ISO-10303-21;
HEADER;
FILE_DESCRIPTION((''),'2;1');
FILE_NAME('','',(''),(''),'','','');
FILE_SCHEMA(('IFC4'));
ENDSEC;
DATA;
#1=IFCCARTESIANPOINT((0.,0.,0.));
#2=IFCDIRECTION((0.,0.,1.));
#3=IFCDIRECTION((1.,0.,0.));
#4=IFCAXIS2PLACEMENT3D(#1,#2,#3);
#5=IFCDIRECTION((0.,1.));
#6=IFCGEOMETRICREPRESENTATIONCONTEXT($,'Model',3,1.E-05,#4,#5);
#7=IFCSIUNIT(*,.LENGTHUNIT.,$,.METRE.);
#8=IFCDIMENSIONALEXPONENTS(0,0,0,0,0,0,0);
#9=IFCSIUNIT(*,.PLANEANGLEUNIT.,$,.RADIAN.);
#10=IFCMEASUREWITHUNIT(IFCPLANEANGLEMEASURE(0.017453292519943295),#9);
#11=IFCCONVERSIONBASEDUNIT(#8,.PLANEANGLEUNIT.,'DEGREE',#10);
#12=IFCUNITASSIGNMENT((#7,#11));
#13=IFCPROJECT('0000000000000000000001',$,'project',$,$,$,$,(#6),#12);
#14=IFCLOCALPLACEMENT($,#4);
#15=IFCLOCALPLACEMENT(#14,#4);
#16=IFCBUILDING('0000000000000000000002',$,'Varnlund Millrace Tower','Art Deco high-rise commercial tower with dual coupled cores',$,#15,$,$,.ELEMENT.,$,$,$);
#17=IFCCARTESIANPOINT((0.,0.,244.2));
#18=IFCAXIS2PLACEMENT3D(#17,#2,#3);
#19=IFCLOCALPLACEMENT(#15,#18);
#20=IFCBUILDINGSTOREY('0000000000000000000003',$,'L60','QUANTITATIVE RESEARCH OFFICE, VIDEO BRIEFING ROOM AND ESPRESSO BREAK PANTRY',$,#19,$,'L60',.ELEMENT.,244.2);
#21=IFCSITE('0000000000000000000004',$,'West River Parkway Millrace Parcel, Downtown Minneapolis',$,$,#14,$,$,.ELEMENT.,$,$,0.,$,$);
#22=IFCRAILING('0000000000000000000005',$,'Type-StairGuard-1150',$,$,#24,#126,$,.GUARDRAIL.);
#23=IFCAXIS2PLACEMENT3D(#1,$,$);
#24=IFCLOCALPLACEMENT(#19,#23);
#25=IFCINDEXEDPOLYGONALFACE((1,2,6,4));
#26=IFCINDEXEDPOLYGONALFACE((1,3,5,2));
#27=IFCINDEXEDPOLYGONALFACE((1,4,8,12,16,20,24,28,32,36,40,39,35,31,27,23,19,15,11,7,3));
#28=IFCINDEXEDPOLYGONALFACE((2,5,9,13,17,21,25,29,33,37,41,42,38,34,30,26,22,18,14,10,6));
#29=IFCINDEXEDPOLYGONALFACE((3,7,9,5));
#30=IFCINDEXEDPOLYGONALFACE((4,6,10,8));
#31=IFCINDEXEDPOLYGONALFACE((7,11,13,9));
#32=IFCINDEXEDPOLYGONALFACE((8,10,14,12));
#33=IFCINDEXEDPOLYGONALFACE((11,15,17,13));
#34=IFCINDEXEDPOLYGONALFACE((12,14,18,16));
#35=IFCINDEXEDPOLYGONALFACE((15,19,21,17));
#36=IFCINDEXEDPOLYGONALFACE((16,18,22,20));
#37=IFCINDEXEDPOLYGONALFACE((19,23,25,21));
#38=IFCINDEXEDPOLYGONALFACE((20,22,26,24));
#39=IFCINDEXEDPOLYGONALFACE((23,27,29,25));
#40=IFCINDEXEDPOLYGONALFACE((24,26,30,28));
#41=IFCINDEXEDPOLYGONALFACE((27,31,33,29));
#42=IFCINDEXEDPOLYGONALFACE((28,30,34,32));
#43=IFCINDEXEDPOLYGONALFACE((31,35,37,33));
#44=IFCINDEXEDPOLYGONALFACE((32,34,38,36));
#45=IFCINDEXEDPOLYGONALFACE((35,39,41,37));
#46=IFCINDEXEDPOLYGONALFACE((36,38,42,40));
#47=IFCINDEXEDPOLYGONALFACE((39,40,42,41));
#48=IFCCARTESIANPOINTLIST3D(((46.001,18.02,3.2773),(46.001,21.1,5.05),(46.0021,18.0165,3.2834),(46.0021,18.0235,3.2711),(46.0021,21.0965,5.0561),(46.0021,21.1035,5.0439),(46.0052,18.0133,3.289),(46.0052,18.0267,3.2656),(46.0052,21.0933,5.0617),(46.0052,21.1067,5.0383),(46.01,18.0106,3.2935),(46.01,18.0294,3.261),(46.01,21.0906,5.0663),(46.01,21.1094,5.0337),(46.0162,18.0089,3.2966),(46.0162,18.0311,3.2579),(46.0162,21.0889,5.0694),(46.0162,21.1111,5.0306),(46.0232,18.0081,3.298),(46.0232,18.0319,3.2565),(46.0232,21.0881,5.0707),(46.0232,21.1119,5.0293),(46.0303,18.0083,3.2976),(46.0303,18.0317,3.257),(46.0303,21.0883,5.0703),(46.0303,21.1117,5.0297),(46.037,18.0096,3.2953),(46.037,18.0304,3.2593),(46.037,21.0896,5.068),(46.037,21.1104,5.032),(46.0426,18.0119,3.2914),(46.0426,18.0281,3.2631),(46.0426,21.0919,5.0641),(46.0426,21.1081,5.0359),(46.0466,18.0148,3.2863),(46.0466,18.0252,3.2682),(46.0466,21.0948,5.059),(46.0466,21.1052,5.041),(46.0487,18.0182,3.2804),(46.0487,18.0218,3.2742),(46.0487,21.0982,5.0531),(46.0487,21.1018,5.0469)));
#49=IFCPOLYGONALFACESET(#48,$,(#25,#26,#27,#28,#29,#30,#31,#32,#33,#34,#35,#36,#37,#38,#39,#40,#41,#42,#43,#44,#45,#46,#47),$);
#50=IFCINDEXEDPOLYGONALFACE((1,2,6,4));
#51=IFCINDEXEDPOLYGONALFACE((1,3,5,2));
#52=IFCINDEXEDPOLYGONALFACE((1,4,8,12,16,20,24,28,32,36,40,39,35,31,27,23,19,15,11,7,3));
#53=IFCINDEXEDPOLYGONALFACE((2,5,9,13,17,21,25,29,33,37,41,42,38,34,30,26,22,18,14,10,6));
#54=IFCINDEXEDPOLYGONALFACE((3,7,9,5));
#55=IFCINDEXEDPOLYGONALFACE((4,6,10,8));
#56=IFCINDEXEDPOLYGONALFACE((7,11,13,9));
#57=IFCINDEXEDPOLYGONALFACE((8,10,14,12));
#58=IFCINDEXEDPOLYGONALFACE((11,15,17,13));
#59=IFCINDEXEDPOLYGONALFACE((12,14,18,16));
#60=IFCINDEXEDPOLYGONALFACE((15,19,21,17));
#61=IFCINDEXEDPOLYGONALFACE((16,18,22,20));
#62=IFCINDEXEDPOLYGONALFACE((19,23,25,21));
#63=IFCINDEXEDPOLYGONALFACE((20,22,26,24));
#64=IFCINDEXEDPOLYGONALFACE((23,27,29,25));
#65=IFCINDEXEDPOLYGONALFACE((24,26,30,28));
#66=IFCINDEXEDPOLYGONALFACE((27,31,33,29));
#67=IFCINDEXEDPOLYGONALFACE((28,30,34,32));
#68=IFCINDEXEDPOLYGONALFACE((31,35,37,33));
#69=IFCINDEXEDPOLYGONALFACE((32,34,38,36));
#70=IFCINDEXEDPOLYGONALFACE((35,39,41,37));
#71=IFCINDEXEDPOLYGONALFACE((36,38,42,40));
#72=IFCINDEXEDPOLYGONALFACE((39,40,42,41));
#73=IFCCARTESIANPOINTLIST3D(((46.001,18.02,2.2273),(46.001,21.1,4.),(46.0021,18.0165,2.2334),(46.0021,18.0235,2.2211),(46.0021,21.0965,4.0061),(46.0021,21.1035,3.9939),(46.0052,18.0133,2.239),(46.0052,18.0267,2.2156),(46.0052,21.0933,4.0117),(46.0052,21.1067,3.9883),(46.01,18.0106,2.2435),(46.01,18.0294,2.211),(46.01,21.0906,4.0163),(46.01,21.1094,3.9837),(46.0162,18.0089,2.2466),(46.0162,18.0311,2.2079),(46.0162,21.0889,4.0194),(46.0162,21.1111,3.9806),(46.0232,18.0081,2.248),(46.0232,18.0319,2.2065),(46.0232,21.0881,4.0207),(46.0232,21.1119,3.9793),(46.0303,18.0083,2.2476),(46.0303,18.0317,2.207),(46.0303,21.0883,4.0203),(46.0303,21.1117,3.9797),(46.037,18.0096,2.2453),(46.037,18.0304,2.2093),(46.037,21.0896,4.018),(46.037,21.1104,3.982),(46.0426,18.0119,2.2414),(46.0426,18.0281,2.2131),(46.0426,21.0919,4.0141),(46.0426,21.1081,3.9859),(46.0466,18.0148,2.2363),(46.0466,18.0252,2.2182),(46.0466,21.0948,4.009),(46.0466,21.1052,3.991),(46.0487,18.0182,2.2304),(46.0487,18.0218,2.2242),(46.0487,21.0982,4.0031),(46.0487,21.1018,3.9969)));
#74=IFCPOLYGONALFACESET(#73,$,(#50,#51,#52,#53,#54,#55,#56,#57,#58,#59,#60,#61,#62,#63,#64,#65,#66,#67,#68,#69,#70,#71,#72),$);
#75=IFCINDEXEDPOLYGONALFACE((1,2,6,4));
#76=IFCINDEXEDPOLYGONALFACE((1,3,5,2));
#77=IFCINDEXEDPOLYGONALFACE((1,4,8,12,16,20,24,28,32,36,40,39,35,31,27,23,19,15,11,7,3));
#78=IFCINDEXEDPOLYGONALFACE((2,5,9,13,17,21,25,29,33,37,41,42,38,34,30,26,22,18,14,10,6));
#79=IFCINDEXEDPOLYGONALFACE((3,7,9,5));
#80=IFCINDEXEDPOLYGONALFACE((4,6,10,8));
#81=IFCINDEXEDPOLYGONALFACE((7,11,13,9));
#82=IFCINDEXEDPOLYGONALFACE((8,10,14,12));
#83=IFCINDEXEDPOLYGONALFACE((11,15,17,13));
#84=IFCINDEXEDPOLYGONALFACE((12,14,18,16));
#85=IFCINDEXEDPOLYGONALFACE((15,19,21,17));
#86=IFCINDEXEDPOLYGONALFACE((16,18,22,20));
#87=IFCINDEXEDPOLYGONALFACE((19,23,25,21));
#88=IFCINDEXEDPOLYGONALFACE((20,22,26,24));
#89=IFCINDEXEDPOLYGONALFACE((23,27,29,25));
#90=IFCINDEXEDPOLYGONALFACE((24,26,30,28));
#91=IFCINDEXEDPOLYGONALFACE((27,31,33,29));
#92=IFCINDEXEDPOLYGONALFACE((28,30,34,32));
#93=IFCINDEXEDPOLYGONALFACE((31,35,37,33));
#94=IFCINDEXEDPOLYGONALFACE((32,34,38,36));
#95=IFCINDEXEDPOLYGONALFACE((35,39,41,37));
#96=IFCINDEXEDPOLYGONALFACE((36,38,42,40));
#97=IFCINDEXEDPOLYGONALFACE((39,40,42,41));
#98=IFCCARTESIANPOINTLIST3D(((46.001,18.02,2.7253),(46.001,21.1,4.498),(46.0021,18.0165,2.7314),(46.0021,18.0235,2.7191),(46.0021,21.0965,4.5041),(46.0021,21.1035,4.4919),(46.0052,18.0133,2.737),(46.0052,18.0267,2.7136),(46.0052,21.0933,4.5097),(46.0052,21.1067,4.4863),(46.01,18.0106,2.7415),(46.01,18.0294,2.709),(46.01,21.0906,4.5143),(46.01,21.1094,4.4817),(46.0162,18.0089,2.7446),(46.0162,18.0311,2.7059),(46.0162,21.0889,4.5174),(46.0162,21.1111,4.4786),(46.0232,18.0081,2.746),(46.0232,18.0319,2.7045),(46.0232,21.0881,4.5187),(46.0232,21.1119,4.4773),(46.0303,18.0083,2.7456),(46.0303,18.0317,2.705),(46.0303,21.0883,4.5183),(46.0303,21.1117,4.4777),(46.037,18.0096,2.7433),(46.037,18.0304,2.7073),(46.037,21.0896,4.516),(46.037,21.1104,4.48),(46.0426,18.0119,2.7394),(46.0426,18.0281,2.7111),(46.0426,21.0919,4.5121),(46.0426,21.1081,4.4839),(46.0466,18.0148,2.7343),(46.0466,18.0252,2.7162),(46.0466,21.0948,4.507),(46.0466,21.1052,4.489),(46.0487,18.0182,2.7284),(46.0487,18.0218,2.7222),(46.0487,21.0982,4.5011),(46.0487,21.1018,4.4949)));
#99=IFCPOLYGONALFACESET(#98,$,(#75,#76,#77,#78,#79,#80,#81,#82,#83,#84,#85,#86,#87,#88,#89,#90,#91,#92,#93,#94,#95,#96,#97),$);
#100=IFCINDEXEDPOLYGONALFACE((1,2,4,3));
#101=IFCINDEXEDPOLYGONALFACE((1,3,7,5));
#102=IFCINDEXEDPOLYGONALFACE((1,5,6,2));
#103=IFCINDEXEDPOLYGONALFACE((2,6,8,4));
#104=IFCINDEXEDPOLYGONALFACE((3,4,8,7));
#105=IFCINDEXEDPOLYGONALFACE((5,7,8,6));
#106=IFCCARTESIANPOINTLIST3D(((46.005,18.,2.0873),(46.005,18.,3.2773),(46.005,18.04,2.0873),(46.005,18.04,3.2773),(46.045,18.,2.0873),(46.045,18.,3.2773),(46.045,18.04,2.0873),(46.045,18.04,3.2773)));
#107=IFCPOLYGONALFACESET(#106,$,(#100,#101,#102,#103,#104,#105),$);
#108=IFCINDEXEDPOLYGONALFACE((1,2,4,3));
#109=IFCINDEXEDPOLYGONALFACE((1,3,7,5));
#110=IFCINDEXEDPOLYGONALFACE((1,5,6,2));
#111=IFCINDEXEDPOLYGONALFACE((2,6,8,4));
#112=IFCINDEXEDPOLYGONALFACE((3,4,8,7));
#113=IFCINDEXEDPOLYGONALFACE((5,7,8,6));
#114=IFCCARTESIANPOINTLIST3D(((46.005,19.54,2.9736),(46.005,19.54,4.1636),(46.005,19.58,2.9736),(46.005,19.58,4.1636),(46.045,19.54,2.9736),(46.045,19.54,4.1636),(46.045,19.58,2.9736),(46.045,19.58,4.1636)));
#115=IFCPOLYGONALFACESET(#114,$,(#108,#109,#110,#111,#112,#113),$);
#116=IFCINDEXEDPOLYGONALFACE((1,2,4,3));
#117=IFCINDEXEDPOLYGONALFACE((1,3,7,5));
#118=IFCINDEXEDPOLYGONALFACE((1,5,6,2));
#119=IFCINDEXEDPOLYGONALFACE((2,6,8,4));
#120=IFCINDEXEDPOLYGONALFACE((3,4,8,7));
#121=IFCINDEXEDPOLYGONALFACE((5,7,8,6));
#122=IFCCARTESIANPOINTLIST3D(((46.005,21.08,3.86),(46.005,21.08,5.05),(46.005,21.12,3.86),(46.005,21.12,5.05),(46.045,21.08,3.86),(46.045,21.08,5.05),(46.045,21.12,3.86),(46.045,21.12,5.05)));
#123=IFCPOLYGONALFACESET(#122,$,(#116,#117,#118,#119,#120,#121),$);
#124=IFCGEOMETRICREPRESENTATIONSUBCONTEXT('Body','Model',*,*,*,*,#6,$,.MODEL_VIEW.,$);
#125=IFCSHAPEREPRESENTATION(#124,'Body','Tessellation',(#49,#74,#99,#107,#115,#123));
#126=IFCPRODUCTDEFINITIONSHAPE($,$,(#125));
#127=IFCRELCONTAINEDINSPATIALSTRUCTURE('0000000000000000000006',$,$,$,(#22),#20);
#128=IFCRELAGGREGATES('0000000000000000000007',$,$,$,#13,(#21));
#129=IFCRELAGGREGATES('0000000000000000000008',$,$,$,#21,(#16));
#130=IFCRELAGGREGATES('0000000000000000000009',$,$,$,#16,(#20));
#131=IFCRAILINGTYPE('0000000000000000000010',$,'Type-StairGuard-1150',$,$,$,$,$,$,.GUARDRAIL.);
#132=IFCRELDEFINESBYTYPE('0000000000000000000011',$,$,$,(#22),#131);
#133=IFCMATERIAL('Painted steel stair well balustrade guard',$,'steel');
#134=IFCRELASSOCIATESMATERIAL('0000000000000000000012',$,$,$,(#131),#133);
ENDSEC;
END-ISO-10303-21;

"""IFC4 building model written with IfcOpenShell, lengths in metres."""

from ifc_helpers import new_model, entity, si_unit, converted_unit, direction, frame, origin_with_axes, origin_2d_with_axis, place, context, subcontext, project, spatial, rectangle, circle, extrude, material, type_object, element, save


model = new_model("IFC4")

# Units and contexts
model_context = context("Model", 3, precision=1e-05, world=origin_with_axes(), true_north=direction((0.0, 1.0)))
body_context = subcontext(model_context, "Body", "Model", "MODEL_VIEW")
ifc_project = project(units=[si_unit("LENGTHUNIT", "METRE"), converted_unit("PLANEANGLEUNIT", "DEGREE", entity("IfcPlaneAngleMeasure", 0.017453292519943295), si_unit("PLANEANGLEUNIT", "RADIAN"), dimensions=[0, 0, 0, 0, 0, 0, 0])], contexts=[model_context])

# Site, building, storey
site_placement = place(None, origin_with_axes())
site = spatial("IfcSite", under=ifc_project, at=site_placement, Name="West River Parkway Millrace Parcel, Downtown Minneapolis", CompositionType="ELEMENT", RefElevation=0.0)
building_placement = place(site_placement, origin_with_axes())
building = spatial("IfcBuilding", under=site, at=building_placement, Name="Varnlund Millrace Tower", Description="Art Deco high-rise commercial tower with dual coupled cores", CompositionType="ELEMENT")
storey_placement = place(building_placement, frame((0.0, 0.0, 244.2), z_axis=(0.0, 0.0, 1.0), x_axis=(1.0, 0.0, 0.0)))
storey = spatial("IfcBuildingStorey", under=building, at=storey_placement, Name="L60", Description="QUANTITATIVE RESEARCH OFFICE, VIDEO BRIEFING ROOM AND ESPRESSO BREAK PANTRY", LongName="L60", CompositionType="ELEMENT", Elevation=244.2)

# Railing
ifc_material_1 = material(Name="Painted steel stair well balustrade guard", Category="steel")
railing_type_1 = type_object("IfcRailingType", Name="Type-StairGuard-1150", PredefinedType="GUARDRAIL", material=ifc_material_1)
railing_1_placement = place(storey_placement, frame((0.0, 0.0, -244.2), z_axis=(0.0, 0.0, 1.0), x_axis=(1.0, 0.0, 0.0)))
element("IfcRailing", 1, at=railing_1_placement, inside=storey, type_object=railing_type_1, Name="Type-StairGuard-1150", PredefinedType="GUARDRAIL", context=body_context, shape_type="SweptSolid", body=[
    extrude(circle(Radius=0.024, at=origin_2d_with_axis()), frame((46.025, 18.02, 247.4773), z_axis=(0.0, 0.866696, 0.498836), x_axis=(-1.0, 0.0, 0.0)), (0.0, 0.0, 1.0), 3.5537),
    extrude(circle(Radius=0.024, at=origin_2d_with_axis()), frame((46.025, 18.02, 246.4273), z_axis=(0.0, 0.866696, 0.498836), x_axis=(-1.0, 0.0, 0.0)), (0.0, 0.0, 1.0), 3.5537),
    extrude(circle(Radius=0.024, at=origin_2d_with_axis()), frame((46.025, 18.02, 246.9253), z_axis=(0.0, 0.866696, 0.498836), x_axis=(-1.0, 0.0, 0.0)), (0.0, 0.0, 1.0), 3.5537),
    extrude(rectangle(XDim=0.04, YDim=0.04, at=origin_2d_with_axis()), frame((46.025, 18.02, 246.2873), z_axis=(0.0, 0.0, 1.0), x_axis=(1.0, 0.0, 0.0)), (0.0, 0.0, 1.0), 1.19),
    extrude(rectangle(XDim=0.04, YDim=0.04, at=origin_2d_with_axis()), frame((46.025, 19.56, 247.1736), z_axis=(0.0, 0.0, 1.0), x_axis=(1.0, 0.0, 0.0)), (0.0, 0.0, 1.0), 1.19),
    extrude(rectangle(XDim=0.04, YDim=0.04, at=origin_2d_with_axis()), frame((46.025, 21.1, 248.06), z_axis=(0.0, 0.0, 1.0), x_axis=(1.0, 0.0, 0.0)), (0.0, 0.0, 1.0), 1.19),
])

save(model, "model.ifc")
